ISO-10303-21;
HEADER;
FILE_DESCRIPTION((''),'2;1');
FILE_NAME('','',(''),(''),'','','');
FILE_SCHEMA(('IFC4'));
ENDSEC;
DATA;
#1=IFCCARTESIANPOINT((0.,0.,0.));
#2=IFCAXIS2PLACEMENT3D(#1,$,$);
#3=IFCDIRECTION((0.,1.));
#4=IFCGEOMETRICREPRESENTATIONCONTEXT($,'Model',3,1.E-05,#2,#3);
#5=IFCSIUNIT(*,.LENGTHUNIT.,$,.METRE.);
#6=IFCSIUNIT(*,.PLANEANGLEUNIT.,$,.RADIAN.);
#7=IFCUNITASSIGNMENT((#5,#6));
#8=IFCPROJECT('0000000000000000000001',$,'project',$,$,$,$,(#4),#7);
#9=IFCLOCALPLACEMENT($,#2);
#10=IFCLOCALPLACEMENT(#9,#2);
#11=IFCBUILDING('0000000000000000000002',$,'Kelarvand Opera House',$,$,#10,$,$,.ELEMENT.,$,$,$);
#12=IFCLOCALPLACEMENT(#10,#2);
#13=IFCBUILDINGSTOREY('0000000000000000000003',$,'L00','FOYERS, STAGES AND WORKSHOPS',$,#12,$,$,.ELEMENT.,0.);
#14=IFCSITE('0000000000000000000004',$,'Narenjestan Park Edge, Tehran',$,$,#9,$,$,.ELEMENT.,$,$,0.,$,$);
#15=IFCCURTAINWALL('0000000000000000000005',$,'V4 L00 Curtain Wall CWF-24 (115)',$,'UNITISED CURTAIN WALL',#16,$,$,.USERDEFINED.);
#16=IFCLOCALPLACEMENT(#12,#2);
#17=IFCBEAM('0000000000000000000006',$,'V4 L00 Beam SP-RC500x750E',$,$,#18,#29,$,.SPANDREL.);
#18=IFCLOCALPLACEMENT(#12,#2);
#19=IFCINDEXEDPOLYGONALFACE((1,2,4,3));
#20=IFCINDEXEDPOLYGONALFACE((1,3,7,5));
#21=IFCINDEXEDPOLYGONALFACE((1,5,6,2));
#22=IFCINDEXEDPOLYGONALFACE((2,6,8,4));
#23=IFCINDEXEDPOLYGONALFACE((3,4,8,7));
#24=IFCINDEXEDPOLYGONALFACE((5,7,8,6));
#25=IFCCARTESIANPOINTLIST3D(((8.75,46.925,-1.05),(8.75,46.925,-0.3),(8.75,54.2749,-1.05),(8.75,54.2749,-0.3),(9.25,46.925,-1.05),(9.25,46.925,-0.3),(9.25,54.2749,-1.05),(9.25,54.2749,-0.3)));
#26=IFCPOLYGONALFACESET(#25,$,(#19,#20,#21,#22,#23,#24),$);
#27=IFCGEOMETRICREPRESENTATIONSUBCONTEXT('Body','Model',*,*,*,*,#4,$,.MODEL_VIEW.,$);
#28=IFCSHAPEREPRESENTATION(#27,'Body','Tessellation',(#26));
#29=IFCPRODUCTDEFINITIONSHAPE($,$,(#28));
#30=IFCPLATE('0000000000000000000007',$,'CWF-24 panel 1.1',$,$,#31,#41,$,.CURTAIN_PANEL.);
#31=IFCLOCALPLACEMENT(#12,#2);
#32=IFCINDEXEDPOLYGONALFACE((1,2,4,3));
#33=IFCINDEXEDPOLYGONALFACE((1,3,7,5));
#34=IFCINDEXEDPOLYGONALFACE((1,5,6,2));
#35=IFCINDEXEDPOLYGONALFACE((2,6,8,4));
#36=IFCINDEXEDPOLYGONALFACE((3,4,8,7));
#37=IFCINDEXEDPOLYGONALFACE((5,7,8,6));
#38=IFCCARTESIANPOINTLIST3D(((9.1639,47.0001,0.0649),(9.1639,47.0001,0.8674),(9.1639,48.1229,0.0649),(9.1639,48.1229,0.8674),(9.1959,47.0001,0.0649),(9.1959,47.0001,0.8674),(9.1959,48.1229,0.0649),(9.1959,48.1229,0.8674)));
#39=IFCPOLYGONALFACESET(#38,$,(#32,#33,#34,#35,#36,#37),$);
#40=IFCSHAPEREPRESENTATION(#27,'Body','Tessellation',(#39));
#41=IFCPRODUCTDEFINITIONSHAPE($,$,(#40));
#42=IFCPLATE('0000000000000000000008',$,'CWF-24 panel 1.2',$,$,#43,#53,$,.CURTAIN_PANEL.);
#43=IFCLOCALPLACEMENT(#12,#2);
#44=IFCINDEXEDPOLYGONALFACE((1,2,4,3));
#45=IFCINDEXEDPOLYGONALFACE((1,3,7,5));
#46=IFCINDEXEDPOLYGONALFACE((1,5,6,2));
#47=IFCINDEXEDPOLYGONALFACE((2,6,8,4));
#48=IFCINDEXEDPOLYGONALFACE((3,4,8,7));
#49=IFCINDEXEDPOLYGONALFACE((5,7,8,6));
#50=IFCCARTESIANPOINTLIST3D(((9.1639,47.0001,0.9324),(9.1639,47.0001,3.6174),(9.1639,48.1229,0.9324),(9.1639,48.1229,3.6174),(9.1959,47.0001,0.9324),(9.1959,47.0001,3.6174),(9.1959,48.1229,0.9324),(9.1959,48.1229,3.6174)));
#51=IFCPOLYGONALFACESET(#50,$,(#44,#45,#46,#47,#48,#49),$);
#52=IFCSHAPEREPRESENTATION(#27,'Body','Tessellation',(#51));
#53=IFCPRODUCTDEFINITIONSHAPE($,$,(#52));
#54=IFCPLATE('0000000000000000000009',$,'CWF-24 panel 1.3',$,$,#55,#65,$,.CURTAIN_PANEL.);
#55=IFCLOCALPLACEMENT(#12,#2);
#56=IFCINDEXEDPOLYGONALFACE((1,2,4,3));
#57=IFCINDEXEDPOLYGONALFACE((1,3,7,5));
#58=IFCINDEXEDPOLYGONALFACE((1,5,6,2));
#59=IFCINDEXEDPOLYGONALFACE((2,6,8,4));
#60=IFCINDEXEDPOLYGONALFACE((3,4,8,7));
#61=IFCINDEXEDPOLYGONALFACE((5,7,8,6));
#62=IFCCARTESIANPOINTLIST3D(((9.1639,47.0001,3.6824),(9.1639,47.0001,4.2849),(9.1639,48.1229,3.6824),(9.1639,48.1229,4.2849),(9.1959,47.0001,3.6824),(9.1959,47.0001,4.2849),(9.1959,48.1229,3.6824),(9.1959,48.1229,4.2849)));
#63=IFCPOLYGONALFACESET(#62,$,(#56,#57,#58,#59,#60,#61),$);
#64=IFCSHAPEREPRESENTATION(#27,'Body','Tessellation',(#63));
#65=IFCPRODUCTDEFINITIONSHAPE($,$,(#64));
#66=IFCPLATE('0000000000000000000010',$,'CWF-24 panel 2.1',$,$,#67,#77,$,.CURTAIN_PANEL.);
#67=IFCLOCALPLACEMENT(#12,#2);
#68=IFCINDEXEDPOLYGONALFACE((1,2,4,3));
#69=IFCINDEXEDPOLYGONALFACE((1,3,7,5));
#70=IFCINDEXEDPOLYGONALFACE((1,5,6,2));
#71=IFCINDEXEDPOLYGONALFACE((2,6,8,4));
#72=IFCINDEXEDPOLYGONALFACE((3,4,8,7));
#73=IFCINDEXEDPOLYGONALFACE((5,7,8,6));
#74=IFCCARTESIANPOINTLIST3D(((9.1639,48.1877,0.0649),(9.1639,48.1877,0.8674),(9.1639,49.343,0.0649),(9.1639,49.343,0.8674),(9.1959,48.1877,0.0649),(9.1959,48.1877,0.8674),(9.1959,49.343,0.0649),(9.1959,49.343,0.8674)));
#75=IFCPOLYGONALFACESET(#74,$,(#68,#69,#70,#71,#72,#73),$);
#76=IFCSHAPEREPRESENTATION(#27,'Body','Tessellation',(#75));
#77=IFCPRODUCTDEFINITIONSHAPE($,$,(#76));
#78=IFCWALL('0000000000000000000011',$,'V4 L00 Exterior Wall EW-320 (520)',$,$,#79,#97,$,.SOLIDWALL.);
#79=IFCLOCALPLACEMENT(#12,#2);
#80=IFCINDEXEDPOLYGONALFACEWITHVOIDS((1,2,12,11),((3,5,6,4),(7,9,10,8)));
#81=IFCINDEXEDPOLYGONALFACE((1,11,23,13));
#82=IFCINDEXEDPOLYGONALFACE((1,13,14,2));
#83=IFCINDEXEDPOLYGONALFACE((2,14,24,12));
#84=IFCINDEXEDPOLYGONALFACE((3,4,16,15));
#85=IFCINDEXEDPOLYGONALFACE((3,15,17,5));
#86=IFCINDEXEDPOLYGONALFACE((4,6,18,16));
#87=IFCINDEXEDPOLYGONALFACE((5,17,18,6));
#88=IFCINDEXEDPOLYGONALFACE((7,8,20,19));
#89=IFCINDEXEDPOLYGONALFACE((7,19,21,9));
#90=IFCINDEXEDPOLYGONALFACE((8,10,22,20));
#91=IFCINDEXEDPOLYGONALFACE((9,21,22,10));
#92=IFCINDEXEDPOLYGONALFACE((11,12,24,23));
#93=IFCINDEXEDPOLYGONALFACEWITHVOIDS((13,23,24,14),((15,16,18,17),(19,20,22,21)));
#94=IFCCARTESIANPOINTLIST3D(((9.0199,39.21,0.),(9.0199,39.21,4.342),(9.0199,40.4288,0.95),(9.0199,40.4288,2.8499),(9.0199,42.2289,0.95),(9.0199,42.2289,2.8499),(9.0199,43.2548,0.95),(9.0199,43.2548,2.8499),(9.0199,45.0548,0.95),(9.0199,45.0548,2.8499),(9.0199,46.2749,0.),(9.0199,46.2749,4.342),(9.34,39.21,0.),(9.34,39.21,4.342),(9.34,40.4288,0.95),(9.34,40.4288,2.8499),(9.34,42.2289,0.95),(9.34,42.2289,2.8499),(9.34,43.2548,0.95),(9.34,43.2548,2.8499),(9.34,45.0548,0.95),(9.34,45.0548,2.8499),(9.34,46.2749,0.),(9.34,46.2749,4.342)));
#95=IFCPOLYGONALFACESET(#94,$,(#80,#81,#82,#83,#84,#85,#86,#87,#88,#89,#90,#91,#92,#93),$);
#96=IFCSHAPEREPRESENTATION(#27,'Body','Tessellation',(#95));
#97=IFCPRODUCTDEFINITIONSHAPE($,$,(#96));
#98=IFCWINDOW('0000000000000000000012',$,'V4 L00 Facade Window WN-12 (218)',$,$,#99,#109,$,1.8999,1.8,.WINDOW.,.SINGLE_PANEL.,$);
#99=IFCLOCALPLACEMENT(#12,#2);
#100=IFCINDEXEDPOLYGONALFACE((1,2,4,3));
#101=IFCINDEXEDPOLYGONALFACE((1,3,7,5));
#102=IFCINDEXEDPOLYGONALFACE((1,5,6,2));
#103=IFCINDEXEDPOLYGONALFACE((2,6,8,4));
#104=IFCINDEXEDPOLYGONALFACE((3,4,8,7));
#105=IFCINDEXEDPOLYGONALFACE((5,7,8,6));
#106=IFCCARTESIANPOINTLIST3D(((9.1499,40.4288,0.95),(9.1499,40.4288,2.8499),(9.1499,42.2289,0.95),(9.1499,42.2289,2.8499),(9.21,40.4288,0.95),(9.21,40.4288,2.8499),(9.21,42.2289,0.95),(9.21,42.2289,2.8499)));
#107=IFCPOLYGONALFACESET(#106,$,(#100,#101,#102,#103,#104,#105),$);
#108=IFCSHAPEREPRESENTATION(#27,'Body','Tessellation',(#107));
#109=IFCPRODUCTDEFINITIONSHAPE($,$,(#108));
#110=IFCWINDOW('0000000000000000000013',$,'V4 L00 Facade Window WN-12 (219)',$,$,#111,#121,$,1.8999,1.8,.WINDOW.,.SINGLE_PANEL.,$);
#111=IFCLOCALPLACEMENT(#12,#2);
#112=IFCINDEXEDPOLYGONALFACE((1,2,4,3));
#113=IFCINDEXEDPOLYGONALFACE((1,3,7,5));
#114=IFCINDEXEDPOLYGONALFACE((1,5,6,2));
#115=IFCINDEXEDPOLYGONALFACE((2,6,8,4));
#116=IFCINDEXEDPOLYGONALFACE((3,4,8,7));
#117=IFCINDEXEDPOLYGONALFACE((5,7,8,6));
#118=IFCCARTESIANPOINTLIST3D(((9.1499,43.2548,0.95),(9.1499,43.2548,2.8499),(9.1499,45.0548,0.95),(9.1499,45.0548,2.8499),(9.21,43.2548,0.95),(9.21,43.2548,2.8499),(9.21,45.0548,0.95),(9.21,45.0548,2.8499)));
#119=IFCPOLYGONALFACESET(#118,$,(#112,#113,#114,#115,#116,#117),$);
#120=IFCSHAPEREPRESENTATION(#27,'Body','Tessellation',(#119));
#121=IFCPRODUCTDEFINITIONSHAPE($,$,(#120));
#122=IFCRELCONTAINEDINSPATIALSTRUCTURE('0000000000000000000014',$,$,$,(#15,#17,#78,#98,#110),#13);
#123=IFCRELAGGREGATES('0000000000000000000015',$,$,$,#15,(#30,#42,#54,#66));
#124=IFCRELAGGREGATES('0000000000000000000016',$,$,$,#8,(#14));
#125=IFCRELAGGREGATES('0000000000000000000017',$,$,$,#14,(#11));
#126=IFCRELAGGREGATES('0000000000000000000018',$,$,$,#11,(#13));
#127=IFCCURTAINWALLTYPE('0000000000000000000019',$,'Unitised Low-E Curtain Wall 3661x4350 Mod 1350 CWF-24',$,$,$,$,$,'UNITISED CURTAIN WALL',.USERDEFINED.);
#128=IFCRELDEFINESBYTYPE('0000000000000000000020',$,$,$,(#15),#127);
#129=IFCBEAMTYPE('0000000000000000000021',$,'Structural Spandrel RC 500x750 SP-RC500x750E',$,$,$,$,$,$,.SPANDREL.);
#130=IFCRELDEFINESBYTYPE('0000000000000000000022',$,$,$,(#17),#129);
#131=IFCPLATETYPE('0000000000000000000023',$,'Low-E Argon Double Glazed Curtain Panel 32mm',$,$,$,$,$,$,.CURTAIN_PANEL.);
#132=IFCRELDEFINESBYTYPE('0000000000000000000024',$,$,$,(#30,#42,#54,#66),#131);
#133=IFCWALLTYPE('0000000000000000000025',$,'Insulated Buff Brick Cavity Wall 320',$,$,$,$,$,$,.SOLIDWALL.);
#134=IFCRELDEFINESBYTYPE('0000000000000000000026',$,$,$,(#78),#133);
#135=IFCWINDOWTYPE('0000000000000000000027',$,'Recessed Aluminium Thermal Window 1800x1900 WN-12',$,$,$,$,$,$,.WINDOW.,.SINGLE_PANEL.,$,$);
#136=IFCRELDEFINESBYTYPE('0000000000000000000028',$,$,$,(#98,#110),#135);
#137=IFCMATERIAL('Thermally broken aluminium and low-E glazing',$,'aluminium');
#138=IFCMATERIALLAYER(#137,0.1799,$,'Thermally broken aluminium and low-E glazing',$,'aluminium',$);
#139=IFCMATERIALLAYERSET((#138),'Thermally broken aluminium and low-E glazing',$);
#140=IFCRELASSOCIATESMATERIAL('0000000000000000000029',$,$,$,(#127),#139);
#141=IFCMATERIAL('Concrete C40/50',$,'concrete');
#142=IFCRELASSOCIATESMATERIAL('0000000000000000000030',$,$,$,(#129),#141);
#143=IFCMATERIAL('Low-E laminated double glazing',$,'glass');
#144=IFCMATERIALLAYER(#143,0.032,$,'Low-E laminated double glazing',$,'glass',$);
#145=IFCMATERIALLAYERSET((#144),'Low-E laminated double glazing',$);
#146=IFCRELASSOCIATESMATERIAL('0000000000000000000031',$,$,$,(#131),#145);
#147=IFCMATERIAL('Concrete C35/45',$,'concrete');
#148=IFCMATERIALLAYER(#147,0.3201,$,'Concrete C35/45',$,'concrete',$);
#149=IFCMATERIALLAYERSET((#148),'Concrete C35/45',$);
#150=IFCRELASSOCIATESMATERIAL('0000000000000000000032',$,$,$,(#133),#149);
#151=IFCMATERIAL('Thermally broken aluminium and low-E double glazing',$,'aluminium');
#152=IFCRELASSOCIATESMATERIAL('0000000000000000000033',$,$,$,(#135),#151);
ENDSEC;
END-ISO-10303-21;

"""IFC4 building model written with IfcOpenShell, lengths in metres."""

from ifc_helpers import new_model, si_unit, direction, frame, frame_2d, origin, origin_2d, place, context, subcontext, project, spatial, rectangle, extrude, material, layer, layer_set, material_profile, profile_set, type_object, element, fill, aggregate, save


model = new_model("IFC4")

# Units and contexts
model_context = context("Model", 3, precision=1e-05, world=origin(), true_north=direction((0.0, 1.0)))
body_context = subcontext(model_context, "Body", "Model", "MODEL_VIEW")
ifc_project = project(units=[si_unit("LENGTHUNIT", "METRE"), si_unit("PLANEANGLEUNIT", "RADIAN")], contexts=[model_context])

# Site, building, storey
site_placement = place(None, origin())
site = spatial("IfcSite", under=ifc_project, at=site_placement, Name="Narenjestan Park Edge, Tehran", CompositionType="ELEMENT", RefElevation=0.0)
building_placement = place(site_placement, origin())
building = spatial("IfcBuilding", under=site, at=building_placement, Name="Kelarvand Opera House", CompositionType="ELEMENT")
storey_placement = place(building_placement, origin())
storey = spatial("IfcBuildingStorey", under=building, at=storey_placement, Name="L00", Description="FOYERS, STAGES AND WORKSHOPS", CompositionType="ELEMENT", Elevation=0.0)

# Shared definitions
ifc_material_1 = material(Name="Concrete C40/50", Category="concrete")

# Curtain wall
ifc_material_2 = material(Name="Thermally broken aluminium and low-E glazing", Category="aluminium")
ifc_layer_1 = layer(ifc_material_2, 0.1799, Name="Thermally broken aluminium and low-E glazing", Category="aluminium")
ifc_layer_set_1 = layer_set([ifc_layer_1], Name="Thermally broken aluminium and low-E glazing")
curtain_wall_type = type_object("IfcCurtainWallType", Name="Unitised Low-E Curtain Wall 3661x4350 Mod 1350 CWF-24", ElementType="UNITISED CURTAIN WALL", PredefinedType="USERDEFINED", material=ifc_layer_set_1)
curtain_wall_placement = place(storey_placement, origin())
curtain_wall = element("IfcCurtainWall", 1, at=curtain_wall_placement, inside=storey, type_object=curtain_wall_type, Name="V4 L00 Curtain Wall CWF-24 (115)", ObjectType="UNITISED CURTAIN WALL", PredefinedType="USERDEFINED")

# Beam
ifc_material_profile_1 = material_profile(ifc_material_1, rectangle(XDim=0.5, YDim=0.75, at=origin_2d()), Name="RC 500x750", Category="concrete")
ifc_profile_set_1 = profile_set([ifc_material_profile_1], Name="Concrete C40/50")
beam_type = type_object("IfcBeamType", Name="Structural Spandrel RC 500x750 SP-RC500x750E", PredefinedType="SPANDREL", material=ifc_profile_set_1)
beam_1_placement = place(storey_placement, frame((9.0, 46.925, -0.675), z_axis=(0.0, 1.0, 0.0), x_axis=(-1.0, 0.0, 0.0)))
element("IfcBeam", 2, at=beam_1_placement, inside=storey, type_object=beam_type, Name="V4 L00 Beam SP-RC500x750E", PredefinedType="SPANDREL", context=body_context, shape_type="SweptSolid", body=[
    extrude(rectangle(XDim=0.5, YDim=0.75, at=origin_2d()), origin(), (0.0, 0.0, 1.0), 7.3499),
])

# Plates
ifc_material_3 = material(Name="Low-E laminated double glazing", Category="glass")
ifc_layer_2 = layer(ifc_material_3, 0.032, Name="Low-E laminated double glazing", Category="glass")
ifc_layer_set_2 = layer_set([ifc_layer_2], Name="Low-E laminated double glazing")
plate_type = type_object("IfcPlateType", Name="Low-E Argon Double Glazed Curtain Panel 32mm", PredefinedType="CURTAIN_PANEL", material=ifc_layer_set_2)
plate_1_placement = place(storey_placement, frame((9.1799, 47.5615, 0.0649), z_axis=(0.0, 0.0, 1.0), x_axis=(0.0, 1.0, 0.0)))
plate_1 = element("IfcPlate", 3, at=plate_1_placement, type_object=plate_type, Name="CWF-24 panel 1.1", PredefinedType="CURTAIN_PANEL", context=body_context, shape_type="SweptSolid", body=[
    extrude(rectangle(XDim=1.1228, YDim=0.032, at=origin_2d()), origin(), (0.0, 0.0, 1.0), 0.8025),
])
plate_2_placement = place(storey_placement, frame((9.1799, 47.5615, 0.9324), z_axis=(0.0, 0.0, 1.0), x_axis=(0.0, 1.0, 0.0)))
plate_2 = element("IfcPlate", 4, at=plate_2_placement, type_object=plate_type, Name="CWF-24 panel 1.2", PredefinedType="CURTAIN_PANEL", context=body_context, shape_type="SweptSolid", body=[
    extrude(rectangle(XDim=1.1228, YDim=0.032, at=origin_2d()), origin(), (0.0, 0.0, 1.0), 2.6851),
])
plate_3_placement = place(storey_placement, frame((9.1799, 47.5615, 3.6824), z_axis=(0.0, 0.0, 1.0), x_axis=(0.0, 1.0, 0.0)))
plate_3 = element("IfcPlate", 5, at=plate_3_placement, type_object=plate_type, Name="CWF-24 panel 1.3", PredefinedType="CURTAIN_PANEL", context=body_context, shape_type="SweptSolid", body=[
    extrude(rectangle(XDim=1.1228, YDim=0.032, at=origin_2d()), origin(), (0.0, 0.0, 1.0), 0.6025),
])
plate_4_placement = place(storey_placement, frame((9.1799, 48.7654, 0.0649), z_axis=(0.0, 0.0, 1.0), x_axis=(0.0, 1.0, 0.0)))
plate_4 = element("IfcPlate", 6, at=plate_4_placement, type_object=plate_type, Name="CWF-24 panel 2.1", PredefinedType="CURTAIN_PANEL", context=body_context, shape_type="SweptSolid", body=[
    extrude(rectangle(XDim=1.1553, YDim=0.032, at=origin_2d()), origin(), (0.0, 0.0, 1.0), 0.8025),
])
aggregate(curtain_wall, [plate_1, plate_2, plate_3, plate_4])

# Wall, openings, windows
ifc_material_4 = material(Name="Concrete C35/45", Category="concrete")
ifc_layer_3 = layer(ifc_material_4, 0.3201, Name="Concrete C35/45", Category="concrete")
ifc_layer_set_3 = layer_set([ifc_layer_3], Name="Concrete C35/45")
wall_type = type_object("IfcWallType", Name="Insulated Buff Brick Cavity Wall 320", PredefinedType="SOLIDWALL", material=ifc_layer_set_3)
wall_placement = place(storey_placement, frame((9.1799, 39.21, 0.0), z_axis=(0.0, 0.0, 1.0), x_axis=(0.0, 1.0, 0.0)))
wall = element("IfcWall", 7, at=wall_placement, inside=storey, type_object=wall_type, Name="V4 L00 Exterior Wall EW-320 (520)", PredefinedType="SOLIDWALL", context=body_context, shape_type="SweptSolid", body=[
    extrude(rectangle(XDim=7.0649, YDim=0.3201, at=frame_2d((3.5325, 0.0))), origin(), (0.0, 0.0, 1.0), 4.342),
])
opening_1_placement = place(wall_placement, frame((1.219, 0.0, 0.95)))
opening_1 = element("IfcOpeningElement", 8, at=opening_1_placement, cuts=wall, PredefinedType="OPENING", context=body_context, shape_type="SweptSolid", body=[
    extrude(rectangle(XDim=1.8, YDim=1.8999, at=frame_2d((0.8999, 0.95))), frame((0.0, 0.1699, 0.0), z_axis=(0.0, -1.0, 0.0), x_axis=(1.0, 0.0, 0.0)), (0.0, 0.0, 1.0), 0.3401),
])
opening_2_placement = place(wall_placement, frame((4.0449, 0.0, 0.95)))
opening_2 = element("IfcOpeningElement", 9, at=opening_2_placement, cuts=wall, PredefinedType="OPENING", context=body_context, shape_type="SweptSolid", body=[
    extrude(rectangle(XDim=1.8, YDim=1.8999, at=frame_2d((0.8999, 0.95))), frame((0.0, 0.1699, 0.0), z_axis=(0.0, -1.0, 0.0), x_axis=(1.0, 0.0, 0.0)), (0.0, 0.0, 1.0), 0.3401),
])
ifc_material_5 = material(Name="Thermally broken aluminium and low-E double glazing", Category="aluminium")
window_type = type_object("IfcWindowType", Name="Recessed Aluminium Thermal Window 1800x1900 WN-12", PartitioningType="SINGLE_PANEL", PredefinedType="WINDOW", material=ifc_material_5)
window_1_placement = place(opening_1_placement, origin())
window_1 = element("IfcWindow", 10, at=window_1_placement, inside=storey, type_object=window_type, Name="V4 L00 Facade Window WN-12 (218)", OverallHeight=1.8999, OverallWidth=1.8, PartitioningType="SINGLE_PANEL", PredefinedType="WINDOW", context=body_context, shape_type="SweptSolid", body=[
    extrude(rectangle(XDim=1.8, YDim=1.8999, at=frame_2d((0.8999, 0.95))), frame((0.0, 0.03, 0.0), z_axis=(0.0, -1.0, 0.0), x_axis=(1.0, 0.0, 0.0)), (0.0, 0.0, 1.0), 0.0601),
])
fill(opening_1, window_1)
window_2_placement = place(opening_2_placement, origin())
window_2 = element("IfcWindow", 11, at=window_2_placement, inside=storey, type_object=window_type, Name="V4 L00 Facade Window WN-12 (219)", OverallHeight=1.8999, OverallWidth=1.8, PartitioningType="SINGLE_PANEL", PredefinedType="WINDOW", context=body_context, shape_type="SweptSolid", body=[
    extrude(rectangle(XDim=1.8, YDim=1.8999, at=frame_2d((0.8999, 0.95))), frame((0.0, 0.03, 0.0), z_axis=(0.0, -1.0, 0.0), x_axis=(1.0, 0.0, 0.0)), (0.0, 0.0, 1.0), 0.0601),
])
fill(opening_2, window_2)

save(model, "model.ifc")
